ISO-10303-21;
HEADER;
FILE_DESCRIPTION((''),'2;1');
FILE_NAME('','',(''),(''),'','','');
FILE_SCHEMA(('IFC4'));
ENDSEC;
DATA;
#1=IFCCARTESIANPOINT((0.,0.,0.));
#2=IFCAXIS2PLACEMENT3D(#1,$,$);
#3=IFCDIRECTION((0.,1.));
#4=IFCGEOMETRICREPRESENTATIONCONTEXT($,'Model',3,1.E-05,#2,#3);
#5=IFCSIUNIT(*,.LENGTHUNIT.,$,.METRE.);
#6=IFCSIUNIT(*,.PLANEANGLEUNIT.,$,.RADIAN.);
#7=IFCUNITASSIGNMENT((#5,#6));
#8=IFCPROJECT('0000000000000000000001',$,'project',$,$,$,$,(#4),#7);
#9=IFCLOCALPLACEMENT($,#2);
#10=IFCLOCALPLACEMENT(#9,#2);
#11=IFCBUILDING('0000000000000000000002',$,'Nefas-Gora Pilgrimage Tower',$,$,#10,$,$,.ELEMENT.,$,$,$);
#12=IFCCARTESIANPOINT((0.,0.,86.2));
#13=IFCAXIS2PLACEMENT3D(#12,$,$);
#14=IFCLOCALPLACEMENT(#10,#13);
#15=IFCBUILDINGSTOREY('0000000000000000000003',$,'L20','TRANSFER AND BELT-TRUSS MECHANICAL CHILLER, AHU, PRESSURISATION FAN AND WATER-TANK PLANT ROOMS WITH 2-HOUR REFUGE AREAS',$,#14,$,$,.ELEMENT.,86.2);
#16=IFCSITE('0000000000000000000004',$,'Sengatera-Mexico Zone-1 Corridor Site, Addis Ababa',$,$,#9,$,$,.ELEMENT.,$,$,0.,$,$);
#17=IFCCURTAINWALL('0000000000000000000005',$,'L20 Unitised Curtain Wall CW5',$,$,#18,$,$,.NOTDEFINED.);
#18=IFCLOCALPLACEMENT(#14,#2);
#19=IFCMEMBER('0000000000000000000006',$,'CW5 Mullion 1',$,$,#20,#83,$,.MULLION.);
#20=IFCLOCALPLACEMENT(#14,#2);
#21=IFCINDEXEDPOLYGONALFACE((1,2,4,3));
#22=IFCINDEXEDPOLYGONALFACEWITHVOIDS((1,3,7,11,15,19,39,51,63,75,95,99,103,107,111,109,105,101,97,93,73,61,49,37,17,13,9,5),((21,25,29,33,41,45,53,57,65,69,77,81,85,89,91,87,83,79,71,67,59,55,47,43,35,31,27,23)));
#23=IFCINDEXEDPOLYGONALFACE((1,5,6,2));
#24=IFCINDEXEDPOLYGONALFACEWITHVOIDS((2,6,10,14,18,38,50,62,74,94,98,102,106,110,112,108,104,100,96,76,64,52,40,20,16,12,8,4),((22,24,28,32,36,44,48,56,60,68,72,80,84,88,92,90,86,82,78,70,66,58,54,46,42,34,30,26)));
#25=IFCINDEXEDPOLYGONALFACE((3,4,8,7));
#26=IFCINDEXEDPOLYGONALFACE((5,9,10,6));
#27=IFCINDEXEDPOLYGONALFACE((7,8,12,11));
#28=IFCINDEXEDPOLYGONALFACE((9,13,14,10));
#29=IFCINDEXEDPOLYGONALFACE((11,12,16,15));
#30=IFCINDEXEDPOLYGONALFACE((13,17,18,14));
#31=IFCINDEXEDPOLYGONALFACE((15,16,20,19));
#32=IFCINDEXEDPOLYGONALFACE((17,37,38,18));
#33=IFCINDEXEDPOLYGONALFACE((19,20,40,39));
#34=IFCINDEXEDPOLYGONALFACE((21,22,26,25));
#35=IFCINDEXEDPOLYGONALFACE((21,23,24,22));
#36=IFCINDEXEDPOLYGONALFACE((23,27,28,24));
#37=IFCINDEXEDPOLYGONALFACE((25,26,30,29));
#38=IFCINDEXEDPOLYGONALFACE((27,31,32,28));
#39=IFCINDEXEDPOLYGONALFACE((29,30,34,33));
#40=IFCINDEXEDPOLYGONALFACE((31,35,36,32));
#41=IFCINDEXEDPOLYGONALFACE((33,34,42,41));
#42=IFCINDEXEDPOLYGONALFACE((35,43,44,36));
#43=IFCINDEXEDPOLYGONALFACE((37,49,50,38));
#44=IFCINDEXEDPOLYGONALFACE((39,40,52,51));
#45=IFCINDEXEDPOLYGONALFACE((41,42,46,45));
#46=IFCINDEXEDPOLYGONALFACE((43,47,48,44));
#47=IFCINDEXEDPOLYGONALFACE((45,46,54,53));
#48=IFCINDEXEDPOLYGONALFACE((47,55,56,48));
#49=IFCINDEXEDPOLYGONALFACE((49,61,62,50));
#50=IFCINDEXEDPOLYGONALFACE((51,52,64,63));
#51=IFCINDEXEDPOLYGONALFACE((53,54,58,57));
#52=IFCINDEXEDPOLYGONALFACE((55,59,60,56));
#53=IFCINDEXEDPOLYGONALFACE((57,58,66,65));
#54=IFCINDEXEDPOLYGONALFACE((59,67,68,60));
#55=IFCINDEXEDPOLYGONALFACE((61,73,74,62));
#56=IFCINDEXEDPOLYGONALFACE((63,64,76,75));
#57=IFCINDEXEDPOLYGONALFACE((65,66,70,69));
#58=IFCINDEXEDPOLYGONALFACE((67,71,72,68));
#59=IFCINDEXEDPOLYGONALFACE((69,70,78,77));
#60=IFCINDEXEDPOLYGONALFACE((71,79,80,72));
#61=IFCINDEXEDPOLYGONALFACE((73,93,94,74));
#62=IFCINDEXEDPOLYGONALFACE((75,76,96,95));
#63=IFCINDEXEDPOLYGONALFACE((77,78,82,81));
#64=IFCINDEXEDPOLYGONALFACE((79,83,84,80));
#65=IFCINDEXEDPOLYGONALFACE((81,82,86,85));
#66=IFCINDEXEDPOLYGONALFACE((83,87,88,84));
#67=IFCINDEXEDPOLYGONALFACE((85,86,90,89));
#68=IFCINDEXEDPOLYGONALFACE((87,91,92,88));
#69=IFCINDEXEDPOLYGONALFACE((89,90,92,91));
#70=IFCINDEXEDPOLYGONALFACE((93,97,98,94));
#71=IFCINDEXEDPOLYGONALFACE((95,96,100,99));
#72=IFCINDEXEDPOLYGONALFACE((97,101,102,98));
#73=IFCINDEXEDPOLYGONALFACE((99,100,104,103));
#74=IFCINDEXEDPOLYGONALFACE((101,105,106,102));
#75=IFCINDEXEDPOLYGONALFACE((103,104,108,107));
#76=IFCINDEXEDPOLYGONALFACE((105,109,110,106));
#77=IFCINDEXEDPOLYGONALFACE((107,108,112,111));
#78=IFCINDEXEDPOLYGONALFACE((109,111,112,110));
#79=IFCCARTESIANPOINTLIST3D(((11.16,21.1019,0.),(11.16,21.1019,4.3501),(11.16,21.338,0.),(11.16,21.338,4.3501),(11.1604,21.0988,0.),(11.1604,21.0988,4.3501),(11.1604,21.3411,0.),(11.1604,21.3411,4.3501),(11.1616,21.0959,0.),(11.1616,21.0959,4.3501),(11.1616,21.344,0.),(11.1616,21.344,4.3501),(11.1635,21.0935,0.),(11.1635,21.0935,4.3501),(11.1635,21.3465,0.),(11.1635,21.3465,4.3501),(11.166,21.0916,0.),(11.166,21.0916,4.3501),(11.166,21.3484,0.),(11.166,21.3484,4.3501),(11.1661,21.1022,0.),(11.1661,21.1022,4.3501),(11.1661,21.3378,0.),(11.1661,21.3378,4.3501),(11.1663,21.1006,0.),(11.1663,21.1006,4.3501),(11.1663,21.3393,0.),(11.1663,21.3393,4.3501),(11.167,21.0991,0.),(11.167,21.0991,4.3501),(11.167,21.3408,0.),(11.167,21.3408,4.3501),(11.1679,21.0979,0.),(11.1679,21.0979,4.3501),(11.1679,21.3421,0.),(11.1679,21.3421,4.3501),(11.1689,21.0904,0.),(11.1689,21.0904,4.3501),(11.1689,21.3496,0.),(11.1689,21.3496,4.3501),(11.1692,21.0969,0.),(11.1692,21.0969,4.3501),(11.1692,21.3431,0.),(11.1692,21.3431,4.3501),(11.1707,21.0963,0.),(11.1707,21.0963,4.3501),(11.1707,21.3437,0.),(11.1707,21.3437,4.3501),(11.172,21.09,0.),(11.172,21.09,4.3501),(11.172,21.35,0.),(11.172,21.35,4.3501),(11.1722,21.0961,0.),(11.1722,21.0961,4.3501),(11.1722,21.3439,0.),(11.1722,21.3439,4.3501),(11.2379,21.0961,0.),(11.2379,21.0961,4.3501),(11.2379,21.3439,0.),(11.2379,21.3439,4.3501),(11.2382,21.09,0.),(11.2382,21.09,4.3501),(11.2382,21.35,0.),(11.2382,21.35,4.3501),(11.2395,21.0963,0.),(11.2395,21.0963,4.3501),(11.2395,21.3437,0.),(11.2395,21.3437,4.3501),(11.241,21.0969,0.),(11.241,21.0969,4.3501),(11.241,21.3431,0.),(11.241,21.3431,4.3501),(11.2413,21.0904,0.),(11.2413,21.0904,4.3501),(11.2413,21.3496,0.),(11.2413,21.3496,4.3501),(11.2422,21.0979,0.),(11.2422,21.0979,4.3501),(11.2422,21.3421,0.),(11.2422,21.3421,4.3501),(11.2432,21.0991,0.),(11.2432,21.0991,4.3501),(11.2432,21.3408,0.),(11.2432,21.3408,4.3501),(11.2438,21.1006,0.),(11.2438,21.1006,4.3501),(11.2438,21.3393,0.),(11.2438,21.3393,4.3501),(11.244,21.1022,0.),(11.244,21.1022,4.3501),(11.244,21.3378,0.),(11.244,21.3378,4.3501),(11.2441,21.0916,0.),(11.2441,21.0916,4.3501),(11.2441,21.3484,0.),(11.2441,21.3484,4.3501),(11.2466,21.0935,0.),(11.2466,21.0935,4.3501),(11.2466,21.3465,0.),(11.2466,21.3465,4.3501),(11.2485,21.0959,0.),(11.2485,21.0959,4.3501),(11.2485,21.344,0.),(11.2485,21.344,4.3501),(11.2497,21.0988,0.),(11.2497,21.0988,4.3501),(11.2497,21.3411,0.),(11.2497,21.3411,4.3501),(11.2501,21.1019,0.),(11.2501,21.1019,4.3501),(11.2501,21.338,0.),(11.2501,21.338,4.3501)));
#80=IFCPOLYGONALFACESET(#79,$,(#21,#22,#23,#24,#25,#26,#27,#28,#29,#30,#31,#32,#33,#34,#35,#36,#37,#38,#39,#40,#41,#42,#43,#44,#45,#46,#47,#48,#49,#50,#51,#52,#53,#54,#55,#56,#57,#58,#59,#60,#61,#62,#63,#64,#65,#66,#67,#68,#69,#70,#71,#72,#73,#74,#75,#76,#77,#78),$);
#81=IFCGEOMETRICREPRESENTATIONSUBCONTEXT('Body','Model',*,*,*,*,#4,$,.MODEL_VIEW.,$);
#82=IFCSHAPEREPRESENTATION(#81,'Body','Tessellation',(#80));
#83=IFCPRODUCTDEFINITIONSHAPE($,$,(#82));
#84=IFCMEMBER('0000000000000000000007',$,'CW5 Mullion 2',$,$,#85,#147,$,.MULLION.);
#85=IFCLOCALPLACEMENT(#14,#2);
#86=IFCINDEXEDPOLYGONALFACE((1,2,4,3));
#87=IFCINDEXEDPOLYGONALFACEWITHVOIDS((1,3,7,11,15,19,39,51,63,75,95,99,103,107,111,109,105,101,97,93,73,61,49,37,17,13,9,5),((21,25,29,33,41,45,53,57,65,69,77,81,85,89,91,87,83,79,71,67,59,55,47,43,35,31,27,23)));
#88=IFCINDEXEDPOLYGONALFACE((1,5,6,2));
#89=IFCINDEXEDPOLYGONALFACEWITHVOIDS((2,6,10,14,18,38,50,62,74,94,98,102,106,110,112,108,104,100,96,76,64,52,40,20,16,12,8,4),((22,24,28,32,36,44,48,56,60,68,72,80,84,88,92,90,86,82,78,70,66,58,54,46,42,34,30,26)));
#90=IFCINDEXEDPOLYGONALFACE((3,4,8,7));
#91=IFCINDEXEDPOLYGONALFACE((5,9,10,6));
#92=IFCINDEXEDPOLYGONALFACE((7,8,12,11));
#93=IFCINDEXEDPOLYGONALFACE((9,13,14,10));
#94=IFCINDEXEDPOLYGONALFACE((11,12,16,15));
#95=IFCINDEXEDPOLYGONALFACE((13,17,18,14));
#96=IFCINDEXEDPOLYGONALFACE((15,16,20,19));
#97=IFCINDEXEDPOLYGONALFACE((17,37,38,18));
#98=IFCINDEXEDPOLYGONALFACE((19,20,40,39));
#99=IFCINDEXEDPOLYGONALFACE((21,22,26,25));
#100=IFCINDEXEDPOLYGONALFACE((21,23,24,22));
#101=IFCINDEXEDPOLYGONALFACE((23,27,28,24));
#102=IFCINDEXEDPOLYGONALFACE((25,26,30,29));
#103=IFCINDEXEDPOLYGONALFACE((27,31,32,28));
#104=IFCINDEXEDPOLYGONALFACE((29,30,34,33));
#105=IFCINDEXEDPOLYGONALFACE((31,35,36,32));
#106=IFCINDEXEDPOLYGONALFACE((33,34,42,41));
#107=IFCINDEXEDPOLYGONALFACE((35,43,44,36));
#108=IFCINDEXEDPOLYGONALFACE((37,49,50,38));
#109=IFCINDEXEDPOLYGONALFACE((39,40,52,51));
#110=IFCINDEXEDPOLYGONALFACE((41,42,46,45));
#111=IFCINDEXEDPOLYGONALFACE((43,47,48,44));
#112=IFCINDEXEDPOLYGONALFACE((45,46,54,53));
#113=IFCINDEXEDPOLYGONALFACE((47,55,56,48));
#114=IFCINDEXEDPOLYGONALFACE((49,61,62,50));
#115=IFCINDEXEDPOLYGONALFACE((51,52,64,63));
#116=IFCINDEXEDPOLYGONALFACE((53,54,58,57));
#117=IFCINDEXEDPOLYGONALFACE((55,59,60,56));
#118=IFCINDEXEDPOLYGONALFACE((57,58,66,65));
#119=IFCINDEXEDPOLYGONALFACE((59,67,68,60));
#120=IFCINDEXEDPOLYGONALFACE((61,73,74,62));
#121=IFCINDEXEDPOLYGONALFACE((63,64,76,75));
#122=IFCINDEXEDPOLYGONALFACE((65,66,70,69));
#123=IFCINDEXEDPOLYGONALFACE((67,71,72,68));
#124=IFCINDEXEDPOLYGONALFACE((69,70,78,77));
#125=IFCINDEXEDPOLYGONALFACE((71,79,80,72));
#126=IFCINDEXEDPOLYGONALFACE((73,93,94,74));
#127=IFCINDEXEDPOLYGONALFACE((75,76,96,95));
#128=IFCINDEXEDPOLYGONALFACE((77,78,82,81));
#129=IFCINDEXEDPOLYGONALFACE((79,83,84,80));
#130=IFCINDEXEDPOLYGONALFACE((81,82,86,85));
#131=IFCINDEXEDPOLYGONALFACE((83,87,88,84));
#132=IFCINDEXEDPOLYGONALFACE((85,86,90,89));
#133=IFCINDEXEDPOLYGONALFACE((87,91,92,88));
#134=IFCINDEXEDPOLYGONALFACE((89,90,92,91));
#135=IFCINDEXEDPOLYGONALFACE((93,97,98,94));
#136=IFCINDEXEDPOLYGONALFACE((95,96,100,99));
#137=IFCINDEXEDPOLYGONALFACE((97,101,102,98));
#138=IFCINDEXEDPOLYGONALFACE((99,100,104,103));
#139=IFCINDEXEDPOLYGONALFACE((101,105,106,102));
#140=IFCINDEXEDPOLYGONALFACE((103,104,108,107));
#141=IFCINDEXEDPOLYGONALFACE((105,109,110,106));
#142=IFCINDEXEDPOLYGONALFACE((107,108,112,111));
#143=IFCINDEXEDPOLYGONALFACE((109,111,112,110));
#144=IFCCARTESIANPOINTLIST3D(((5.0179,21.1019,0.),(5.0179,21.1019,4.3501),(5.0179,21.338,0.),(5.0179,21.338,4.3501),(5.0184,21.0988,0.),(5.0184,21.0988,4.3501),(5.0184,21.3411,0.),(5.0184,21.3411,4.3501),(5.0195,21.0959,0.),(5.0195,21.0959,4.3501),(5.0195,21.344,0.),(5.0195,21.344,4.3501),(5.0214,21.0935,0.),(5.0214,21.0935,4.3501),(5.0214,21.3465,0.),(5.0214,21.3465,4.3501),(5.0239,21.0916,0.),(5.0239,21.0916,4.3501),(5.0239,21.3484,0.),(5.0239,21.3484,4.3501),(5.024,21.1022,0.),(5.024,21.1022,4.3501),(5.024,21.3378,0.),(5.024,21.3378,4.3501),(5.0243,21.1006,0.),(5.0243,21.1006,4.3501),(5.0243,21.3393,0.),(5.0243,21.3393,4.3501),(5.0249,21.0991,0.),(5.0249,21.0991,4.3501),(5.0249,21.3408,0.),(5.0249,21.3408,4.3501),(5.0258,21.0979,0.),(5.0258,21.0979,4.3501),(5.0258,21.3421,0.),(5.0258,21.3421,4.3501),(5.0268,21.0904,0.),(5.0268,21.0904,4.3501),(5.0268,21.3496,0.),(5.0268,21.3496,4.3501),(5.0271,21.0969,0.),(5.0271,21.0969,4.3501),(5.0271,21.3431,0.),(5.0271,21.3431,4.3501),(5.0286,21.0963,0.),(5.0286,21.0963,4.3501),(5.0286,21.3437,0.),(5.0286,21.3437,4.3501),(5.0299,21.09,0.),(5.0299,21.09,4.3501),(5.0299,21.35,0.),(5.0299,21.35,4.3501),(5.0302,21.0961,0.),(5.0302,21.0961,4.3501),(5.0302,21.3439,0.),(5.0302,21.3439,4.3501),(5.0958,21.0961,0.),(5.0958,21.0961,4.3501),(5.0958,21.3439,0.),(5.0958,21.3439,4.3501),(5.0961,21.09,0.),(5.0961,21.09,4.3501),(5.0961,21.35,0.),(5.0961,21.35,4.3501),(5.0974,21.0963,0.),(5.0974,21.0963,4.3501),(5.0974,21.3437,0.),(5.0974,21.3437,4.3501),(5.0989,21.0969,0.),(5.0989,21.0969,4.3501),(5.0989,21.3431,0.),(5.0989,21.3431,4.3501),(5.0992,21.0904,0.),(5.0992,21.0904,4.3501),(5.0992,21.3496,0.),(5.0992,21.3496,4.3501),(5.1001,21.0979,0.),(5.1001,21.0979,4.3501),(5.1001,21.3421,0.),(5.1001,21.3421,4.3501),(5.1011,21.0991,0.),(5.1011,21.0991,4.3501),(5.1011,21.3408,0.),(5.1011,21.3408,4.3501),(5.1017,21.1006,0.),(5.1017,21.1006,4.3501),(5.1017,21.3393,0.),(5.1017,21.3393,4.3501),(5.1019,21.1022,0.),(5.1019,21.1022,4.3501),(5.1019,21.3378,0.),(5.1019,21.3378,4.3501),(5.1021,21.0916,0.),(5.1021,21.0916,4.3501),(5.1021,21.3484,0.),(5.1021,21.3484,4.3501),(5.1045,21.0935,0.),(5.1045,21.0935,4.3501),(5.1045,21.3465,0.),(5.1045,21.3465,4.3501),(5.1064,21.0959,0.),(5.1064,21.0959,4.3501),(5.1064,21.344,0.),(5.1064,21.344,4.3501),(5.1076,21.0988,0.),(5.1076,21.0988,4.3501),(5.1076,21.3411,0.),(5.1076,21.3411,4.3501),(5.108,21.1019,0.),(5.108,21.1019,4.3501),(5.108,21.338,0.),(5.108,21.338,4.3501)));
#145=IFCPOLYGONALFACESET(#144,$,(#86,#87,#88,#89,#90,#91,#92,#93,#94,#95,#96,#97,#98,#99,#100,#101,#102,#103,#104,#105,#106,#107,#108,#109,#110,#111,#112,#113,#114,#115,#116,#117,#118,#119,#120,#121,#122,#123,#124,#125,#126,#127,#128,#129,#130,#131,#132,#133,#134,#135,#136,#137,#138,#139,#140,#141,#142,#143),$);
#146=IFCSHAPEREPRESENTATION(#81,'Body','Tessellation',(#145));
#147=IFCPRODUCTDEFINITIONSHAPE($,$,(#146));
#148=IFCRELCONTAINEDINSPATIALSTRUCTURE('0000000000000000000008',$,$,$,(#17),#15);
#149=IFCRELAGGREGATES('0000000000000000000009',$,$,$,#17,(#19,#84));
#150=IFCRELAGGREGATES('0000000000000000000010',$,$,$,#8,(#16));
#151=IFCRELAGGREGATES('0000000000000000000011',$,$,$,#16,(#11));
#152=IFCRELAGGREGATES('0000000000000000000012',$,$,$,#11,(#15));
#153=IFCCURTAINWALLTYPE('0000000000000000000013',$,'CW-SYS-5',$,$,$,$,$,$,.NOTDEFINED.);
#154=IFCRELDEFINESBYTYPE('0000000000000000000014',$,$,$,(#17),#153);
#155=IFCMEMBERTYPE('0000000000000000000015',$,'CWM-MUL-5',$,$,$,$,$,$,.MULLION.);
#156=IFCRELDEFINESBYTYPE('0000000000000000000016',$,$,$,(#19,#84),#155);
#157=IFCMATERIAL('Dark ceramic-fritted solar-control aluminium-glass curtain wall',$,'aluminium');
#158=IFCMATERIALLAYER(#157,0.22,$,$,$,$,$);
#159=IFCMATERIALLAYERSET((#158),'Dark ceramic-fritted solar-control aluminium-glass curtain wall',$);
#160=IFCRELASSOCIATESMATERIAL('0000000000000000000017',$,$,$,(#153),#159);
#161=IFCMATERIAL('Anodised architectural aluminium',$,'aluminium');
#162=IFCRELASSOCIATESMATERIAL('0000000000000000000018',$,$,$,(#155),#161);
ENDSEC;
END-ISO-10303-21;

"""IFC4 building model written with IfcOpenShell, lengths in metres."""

from ifc_helpers import new_model, si_unit, direction, frame, origin, origin_2d, place, context, subcontext, project, spatial, hollow_rectangle, extrude, source, transform, mapped, material, layer, layer_set, material_profile, profile_set, type_object, element, aggregate, save


model = new_model("IFC4")

# Units and contexts
model_context = context("Model", 3, precision=1e-05, world=origin(), true_north=direction((0.0, 1.0)))
body_context = subcontext(model_context, "Body", "Model", "MODEL_VIEW")
ifc_project = project(units=[si_unit("LENGTHUNIT", "METRE"), si_unit("PLANEANGLEUNIT", "RADIAN")], contexts=[model_context])

# Site, building, storey
site_placement = place(None, origin())
site = spatial("IfcSite", under=ifc_project, at=site_placement, Name="Sengatera-Mexico Zone-1 Corridor Site, Addis Ababa", CompositionType="ELEMENT", RefElevation=0.0)
building_placement = place(site_placement, origin())
building = spatial("IfcBuilding", under=site, at=building_placement, Name="Nefas-Gora Pilgrimage Tower", CompositionType="ELEMENT")
storey_placement = place(building_placement, frame((0.0, 0.0, 86.2)))
storey = spatial("IfcBuildingStorey", under=building, at=storey_placement, Name="L20", Description="TRANSFER AND BELT-TRUSS MECHANICAL CHILLER, AHU, PRESSURISATION FAN AND WATER-TANK PLANT ROOMS WITH 2-HOUR REFUGE AREAS", CompositionType="ELEMENT", Elevation=86.2)

# Curtain wall
ifc_material_1 = material(Name="Dark ceramic-fritted solar-control aluminium-glass curtain wall", Category="aluminium")
ifc_layer_1 = layer(ifc_material_1, 0.22)
ifc_layer_set_1 = layer_set([ifc_layer_1], Name="Dark ceramic-fritted solar-control aluminium-glass curtain wall")
curtain_wall_type_1 = type_object("IfcCurtainWallType", Name="CW-SYS-5", PredefinedType="NOTDEFINED", material=ifc_layer_set_1)
curtain_wall_1_placement = place(storey_placement, origin())
curtain_wall_1 = element("IfcCurtainWall", 1, at=curtain_wall_1_placement, inside=storey, type_object=curtain_wall_type_1, Name="L20 Unitised Curtain Wall CW5", PredefinedType="NOTDEFINED")
ifc_material_2 = material(Name="Anodised architectural aluminium", Category="aluminium")

# Members
ifc_material_profile_1 = material_profile(ifc_material_2, hollow_rectangle(XDim=0.0901, YDim=0.26, WallThickness=0.0061, InnerFilletRadius=0.0061, OuterFilletRadius=0.012, at=origin_2d()), Name="ALU MULLION 90x260")
ifc_profile_set_1 = profile_set([ifc_material_profile_1], Name="Anodised architectural aluminium")
member_type_1 = type_object("IfcMemberType", Name="CWM-MUL-5", PredefinedType="MULLION", material=ifc_profile_set_1)
shared_shape_1 = source(origin(), body_context, "Body", "SweptSolid", [
    extrude(hollow_rectangle(XDim=0.0901, YDim=0.26, WallThickness=0.0061, InnerFilletRadius=0.0061, OuterFilletRadius=0.012, at=origin_2d()), origin(), (0.0, 0.0, 1.0), 4.3501),
])
member_1_placement = place(storey_placement, frame((11.2051, 21.22, 0.0), z_axis=(0.0, 0.0, 1.0), x_axis=(-1.0, 0.0, 0.0)))
member_1 = element("IfcMember", 2, at=member_1_placement, type_object=member_type_1, Name="CW5 Mullion 1", PredefinedType="MULLION", context=body_context, shape_type="MappedRepresentation", body=[
    mapped(shared_shape_1, transform((0.0, 0.0, 0.0), x_axis=(1.0, 0.0, 0.0), y_axis=(0.0, 1.0, 0.0), z_axis=(0.0, 0.0, 1.0), scale=1.0)),
])
member_2_placement = place(storey_placement, frame((5.063, 21.22, 0.0), z_axis=(0.0, 0.0, 1.0), x_axis=(-1.0, 0.0, 0.0)))
member_2 = element("IfcMember", 3, at=member_2_placement, type_object=member_type_1, Name="CW5 Mullion 2", PredefinedType="MULLION", context=body_context, shape_type="MappedRepresentation", body=[
    mapped(shared_shape_1, transform((0.0, 0.0, 0.0), x_axis=(1.0, 0.0, 0.0), y_axis=(0.0, 1.0, 0.0), z_axis=(0.0, 0.0, 1.0), scale=1.0)),
])

aggregate(curtain_wall_1, [member_1, member_2])

save(model, "model.ifc")
